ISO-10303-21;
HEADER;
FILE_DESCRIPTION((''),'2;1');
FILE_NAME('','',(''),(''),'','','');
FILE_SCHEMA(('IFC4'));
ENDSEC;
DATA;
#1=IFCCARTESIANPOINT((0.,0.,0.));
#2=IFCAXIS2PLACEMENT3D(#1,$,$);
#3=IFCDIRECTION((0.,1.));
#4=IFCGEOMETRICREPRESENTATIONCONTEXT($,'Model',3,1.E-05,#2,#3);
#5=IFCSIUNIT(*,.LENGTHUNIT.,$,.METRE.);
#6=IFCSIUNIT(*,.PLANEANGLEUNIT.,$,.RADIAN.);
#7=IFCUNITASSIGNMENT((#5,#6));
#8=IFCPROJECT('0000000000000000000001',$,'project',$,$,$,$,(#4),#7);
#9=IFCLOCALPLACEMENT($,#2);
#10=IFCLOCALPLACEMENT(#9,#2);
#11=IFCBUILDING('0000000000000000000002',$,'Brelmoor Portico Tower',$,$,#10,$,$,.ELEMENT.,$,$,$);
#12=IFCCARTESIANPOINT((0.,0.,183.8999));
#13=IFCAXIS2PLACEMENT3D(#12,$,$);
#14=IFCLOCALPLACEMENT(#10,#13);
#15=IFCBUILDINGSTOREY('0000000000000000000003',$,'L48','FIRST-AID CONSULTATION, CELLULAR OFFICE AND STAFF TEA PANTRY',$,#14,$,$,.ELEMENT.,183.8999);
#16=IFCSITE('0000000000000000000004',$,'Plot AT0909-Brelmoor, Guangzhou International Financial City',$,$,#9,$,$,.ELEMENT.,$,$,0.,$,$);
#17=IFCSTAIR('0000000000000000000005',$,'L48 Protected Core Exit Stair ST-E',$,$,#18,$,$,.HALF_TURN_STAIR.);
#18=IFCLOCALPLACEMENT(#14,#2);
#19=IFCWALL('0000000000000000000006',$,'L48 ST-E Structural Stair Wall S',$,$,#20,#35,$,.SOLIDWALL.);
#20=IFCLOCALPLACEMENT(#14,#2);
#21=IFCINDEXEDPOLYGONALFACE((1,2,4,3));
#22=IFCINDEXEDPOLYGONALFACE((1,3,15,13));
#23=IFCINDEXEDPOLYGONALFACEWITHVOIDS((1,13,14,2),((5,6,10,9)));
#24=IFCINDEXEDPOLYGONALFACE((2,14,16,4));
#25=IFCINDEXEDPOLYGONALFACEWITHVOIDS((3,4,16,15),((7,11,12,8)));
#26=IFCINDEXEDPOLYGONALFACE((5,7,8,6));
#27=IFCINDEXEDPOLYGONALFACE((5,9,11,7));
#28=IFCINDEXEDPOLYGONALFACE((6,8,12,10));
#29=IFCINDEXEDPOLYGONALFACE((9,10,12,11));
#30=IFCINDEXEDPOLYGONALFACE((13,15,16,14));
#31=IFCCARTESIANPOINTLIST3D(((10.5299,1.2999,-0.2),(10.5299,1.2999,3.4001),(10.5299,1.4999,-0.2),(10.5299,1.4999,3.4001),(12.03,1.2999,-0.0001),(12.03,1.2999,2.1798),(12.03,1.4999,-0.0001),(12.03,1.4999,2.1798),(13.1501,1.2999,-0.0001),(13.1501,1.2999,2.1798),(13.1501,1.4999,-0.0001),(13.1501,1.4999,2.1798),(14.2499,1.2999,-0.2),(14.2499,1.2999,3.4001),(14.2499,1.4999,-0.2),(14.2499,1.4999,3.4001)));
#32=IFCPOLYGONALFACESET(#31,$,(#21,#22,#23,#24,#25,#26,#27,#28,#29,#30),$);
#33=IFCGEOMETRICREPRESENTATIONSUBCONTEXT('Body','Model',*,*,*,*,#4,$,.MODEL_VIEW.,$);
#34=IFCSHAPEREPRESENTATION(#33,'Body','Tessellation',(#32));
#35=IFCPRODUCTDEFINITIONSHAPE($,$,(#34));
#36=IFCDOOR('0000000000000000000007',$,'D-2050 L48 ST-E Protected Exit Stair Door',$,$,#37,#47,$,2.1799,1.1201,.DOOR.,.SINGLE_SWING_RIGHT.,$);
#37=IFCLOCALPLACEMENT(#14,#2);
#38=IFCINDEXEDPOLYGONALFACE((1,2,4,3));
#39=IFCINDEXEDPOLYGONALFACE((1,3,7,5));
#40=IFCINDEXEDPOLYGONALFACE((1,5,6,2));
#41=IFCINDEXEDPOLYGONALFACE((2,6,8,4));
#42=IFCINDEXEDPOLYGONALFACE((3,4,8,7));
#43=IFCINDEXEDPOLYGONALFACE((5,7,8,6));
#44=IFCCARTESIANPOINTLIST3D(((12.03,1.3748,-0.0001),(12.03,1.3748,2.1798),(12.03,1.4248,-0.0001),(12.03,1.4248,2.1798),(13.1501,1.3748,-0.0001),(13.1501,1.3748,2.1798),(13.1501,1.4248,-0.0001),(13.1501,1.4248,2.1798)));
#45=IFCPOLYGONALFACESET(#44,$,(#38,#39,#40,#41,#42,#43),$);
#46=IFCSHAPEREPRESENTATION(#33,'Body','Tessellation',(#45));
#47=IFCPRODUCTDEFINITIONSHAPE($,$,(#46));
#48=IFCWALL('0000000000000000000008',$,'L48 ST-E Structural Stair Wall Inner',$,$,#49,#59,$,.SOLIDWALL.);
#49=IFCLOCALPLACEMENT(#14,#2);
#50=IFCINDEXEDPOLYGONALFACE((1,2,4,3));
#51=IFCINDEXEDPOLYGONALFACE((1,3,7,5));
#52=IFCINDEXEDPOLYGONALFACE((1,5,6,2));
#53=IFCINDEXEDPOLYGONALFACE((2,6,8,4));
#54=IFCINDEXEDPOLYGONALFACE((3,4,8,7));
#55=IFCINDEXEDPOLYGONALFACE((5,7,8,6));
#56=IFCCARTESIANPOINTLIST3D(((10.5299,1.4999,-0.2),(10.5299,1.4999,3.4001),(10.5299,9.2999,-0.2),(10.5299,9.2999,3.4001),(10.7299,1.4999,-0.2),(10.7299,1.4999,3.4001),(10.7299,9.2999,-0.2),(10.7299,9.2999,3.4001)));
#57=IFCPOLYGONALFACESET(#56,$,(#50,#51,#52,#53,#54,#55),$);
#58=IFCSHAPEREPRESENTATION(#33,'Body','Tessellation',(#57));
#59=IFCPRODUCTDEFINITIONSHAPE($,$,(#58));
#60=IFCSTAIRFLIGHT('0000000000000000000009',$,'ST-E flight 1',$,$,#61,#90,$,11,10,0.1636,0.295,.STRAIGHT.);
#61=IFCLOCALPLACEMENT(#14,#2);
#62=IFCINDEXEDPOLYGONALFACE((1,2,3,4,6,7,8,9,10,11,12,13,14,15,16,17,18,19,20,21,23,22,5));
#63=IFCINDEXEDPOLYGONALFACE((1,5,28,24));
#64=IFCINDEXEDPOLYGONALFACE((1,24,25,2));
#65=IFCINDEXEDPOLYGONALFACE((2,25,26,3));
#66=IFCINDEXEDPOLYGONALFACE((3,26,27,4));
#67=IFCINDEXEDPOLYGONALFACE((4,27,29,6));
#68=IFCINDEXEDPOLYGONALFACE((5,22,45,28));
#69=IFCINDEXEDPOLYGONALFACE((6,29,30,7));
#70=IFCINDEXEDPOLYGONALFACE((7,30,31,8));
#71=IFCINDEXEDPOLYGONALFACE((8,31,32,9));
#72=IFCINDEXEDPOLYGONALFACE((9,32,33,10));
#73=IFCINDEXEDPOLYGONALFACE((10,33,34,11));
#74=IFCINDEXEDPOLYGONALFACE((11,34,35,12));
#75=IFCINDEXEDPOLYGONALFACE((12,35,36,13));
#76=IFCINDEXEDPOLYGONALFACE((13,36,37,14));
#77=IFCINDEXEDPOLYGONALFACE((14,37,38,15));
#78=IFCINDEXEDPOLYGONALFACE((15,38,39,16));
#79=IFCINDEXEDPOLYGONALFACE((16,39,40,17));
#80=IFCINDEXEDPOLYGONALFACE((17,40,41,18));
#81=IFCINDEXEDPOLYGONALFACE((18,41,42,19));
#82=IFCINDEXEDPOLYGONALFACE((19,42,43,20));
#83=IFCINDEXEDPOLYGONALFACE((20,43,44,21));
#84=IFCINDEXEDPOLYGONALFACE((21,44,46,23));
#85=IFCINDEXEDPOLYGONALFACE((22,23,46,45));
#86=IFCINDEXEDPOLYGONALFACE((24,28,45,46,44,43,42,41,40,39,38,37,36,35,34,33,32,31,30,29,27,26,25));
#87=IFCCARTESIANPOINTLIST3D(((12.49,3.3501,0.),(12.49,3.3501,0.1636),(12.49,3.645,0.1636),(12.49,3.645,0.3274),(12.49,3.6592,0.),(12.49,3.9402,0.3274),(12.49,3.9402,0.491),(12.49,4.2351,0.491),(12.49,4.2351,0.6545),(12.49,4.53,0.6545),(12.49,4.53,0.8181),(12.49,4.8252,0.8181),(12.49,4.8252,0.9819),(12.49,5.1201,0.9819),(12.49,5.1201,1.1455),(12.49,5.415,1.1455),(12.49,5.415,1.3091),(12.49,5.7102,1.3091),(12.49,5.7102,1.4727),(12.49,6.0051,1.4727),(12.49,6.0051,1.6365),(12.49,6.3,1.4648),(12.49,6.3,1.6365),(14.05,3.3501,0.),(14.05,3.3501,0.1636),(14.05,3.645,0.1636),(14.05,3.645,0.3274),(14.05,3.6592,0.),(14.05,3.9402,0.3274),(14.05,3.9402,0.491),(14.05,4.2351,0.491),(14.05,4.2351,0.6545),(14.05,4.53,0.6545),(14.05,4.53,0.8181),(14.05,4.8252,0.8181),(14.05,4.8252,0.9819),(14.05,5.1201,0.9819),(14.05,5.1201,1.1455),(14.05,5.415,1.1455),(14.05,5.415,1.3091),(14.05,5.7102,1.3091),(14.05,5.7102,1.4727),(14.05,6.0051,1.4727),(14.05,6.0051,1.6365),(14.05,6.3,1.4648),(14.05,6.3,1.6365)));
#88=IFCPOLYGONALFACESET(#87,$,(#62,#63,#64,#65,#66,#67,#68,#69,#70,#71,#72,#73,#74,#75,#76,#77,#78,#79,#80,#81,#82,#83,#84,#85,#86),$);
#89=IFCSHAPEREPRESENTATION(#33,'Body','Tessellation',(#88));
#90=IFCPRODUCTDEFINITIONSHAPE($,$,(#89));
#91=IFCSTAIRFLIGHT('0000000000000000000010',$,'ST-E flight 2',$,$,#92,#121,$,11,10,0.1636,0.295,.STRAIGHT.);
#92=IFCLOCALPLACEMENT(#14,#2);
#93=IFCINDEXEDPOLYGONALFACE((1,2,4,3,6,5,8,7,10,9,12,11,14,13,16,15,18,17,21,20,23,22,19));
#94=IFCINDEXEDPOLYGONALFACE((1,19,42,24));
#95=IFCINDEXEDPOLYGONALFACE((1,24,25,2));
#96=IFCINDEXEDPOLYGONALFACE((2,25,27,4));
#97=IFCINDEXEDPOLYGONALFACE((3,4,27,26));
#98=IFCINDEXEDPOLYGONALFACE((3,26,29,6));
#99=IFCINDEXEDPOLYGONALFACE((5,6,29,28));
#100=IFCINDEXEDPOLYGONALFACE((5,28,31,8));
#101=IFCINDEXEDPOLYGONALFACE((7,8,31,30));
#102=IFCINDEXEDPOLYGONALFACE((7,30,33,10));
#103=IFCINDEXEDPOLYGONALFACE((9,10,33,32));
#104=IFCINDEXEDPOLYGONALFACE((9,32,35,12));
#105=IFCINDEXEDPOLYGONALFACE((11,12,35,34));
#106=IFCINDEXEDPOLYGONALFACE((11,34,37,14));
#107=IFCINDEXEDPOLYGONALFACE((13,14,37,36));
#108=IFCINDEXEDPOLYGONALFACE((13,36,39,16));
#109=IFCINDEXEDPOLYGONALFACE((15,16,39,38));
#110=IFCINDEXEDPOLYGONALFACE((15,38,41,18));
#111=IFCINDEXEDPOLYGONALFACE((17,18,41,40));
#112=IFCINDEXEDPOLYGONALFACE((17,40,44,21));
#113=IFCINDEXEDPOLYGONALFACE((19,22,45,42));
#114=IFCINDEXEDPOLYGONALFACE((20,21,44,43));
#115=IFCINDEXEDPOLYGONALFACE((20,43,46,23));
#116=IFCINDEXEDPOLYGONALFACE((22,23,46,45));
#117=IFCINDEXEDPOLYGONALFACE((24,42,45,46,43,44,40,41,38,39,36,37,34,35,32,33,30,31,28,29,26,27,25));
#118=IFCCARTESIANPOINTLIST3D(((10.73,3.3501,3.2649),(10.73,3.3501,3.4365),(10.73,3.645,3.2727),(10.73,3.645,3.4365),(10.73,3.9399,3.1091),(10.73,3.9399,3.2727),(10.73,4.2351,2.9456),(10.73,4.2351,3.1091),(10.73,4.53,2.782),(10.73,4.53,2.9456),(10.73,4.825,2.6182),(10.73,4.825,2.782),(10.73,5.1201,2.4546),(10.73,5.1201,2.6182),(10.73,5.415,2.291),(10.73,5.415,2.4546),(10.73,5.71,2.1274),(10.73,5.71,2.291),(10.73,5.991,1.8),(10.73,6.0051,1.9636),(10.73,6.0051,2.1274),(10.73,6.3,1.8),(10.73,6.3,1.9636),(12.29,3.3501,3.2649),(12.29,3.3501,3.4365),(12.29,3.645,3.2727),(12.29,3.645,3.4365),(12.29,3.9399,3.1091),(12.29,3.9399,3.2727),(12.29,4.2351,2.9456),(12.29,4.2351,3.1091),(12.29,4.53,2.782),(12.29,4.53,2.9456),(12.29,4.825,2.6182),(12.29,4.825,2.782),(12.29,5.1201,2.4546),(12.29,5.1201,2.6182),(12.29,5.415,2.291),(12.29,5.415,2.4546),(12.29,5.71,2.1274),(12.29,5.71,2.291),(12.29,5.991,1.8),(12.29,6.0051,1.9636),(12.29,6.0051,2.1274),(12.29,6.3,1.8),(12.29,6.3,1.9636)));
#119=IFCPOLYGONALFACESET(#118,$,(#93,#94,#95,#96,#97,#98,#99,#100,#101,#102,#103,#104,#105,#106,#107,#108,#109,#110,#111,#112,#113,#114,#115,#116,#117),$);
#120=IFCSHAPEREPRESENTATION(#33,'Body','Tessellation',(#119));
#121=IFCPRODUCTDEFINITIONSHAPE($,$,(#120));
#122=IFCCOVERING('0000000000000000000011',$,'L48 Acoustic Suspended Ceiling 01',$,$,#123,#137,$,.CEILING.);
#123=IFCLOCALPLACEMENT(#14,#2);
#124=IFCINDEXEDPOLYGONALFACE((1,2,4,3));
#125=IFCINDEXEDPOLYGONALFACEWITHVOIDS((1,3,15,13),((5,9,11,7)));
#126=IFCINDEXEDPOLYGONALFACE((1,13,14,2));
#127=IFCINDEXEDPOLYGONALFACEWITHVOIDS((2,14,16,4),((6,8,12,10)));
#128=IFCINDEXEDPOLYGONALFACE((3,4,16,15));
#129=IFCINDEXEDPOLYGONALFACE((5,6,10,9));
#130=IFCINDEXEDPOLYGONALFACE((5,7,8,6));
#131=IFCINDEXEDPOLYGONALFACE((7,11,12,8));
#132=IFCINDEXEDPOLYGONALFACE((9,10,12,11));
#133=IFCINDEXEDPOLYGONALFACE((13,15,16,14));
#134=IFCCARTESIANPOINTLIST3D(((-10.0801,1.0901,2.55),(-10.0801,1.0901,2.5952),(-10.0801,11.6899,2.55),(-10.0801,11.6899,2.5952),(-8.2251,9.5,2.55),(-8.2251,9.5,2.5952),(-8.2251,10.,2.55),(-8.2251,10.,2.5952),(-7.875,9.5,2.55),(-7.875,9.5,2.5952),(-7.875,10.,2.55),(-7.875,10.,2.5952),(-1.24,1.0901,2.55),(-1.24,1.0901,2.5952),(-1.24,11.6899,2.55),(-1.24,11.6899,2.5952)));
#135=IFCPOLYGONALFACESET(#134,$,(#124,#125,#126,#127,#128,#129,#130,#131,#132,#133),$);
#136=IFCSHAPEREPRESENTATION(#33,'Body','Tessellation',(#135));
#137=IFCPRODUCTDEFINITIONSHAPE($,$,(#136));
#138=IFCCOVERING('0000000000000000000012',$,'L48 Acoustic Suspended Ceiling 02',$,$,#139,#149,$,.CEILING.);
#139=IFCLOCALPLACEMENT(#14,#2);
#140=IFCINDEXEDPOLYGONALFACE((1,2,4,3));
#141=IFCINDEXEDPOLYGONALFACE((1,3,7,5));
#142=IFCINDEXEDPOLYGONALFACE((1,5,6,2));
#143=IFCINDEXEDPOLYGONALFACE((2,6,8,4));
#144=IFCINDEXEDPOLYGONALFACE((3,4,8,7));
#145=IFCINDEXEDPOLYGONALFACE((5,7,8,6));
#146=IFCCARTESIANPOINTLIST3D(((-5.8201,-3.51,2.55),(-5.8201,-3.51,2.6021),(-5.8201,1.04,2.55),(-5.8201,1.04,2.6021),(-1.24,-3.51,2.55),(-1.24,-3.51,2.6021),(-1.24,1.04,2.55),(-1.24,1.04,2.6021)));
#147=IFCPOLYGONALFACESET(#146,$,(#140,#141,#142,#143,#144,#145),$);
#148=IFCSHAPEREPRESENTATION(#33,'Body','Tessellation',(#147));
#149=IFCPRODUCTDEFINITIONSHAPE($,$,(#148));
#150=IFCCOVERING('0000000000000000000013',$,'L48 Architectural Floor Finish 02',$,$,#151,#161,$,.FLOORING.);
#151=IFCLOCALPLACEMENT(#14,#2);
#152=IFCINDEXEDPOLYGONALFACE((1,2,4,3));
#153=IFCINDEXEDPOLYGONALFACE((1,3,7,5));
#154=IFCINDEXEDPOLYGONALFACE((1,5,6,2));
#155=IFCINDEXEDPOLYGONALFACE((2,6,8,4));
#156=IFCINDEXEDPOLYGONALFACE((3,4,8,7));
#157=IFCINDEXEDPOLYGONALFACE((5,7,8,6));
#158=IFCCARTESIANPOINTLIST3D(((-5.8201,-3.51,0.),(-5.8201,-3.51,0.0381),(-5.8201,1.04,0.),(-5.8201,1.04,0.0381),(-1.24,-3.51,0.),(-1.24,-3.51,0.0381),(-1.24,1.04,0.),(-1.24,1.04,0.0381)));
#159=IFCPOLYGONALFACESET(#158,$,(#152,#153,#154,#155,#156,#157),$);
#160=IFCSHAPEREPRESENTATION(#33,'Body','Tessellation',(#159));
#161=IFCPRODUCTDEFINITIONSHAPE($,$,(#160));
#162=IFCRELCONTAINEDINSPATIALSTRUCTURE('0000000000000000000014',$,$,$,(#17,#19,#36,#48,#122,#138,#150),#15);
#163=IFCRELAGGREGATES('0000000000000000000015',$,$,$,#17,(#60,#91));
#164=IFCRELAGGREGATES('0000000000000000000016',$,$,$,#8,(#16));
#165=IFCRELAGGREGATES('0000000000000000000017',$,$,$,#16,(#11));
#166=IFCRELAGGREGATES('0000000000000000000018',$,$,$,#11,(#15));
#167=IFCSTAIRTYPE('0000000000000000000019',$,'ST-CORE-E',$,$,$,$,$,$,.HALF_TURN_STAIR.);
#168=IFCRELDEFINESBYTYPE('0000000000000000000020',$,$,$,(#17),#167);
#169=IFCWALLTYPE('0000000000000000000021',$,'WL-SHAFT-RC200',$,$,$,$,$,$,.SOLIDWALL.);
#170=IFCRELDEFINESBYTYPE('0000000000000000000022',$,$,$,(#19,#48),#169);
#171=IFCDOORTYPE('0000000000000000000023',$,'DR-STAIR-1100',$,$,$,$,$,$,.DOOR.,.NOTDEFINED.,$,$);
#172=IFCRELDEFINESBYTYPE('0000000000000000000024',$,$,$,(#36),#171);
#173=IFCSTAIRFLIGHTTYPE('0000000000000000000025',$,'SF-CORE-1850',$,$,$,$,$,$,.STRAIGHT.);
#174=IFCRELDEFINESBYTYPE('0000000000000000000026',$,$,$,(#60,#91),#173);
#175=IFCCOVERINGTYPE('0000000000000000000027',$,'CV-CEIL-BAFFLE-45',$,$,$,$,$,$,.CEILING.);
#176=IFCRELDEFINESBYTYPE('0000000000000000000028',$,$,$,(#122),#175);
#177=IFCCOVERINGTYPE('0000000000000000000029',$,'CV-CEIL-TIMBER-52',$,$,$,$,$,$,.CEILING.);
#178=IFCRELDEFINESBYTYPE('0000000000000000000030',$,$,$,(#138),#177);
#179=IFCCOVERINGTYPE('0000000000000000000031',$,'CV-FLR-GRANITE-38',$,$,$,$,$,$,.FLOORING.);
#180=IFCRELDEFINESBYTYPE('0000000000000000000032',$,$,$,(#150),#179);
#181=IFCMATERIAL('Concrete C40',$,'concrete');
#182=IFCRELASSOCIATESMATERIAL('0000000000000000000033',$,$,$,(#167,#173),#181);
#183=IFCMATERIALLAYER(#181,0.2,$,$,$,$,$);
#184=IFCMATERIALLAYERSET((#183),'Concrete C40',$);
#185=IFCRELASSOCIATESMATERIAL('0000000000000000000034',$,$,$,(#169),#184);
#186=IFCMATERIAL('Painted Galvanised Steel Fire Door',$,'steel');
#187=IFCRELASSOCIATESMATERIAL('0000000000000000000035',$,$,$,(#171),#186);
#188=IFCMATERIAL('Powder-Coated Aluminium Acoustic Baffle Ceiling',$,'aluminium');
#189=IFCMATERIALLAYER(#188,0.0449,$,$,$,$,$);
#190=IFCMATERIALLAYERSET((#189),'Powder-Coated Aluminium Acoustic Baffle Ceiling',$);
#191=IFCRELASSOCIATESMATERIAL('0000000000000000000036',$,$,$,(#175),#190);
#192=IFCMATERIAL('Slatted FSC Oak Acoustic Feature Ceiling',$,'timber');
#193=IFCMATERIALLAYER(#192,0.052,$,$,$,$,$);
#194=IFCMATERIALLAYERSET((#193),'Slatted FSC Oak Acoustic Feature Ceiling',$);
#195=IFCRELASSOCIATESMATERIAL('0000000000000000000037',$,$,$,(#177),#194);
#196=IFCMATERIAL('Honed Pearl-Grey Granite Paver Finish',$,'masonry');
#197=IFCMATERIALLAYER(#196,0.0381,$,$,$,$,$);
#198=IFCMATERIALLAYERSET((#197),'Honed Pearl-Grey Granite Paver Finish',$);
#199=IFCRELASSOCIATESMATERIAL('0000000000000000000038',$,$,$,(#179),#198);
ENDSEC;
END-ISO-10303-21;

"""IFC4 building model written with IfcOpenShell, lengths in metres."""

from ifc_helpers import new_model, si_unit, direction, frame, frame_2d, origin, place, context, subcontext, project, spatial, polyline, rectangle, outline, extrude, material, layer, layer_set, type_object, element, fill, aggregate, save


model = new_model("IFC4")

# Units and contexts
model_context = context("Model", 3, precision=1e-05, world=origin(), true_north=direction((0.0, 1.0)))
body_context = subcontext(model_context, "Body", "Model", "MODEL_VIEW")
ifc_project = project(units=[si_unit("LENGTHUNIT", "METRE"), si_unit("PLANEANGLEUNIT", "RADIAN")], contexts=[model_context])

# Site, building, storey
site_placement = place(None, origin())
site = spatial("IfcSite", under=ifc_project, at=site_placement, Name="Plot AT0909-Brelmoor, Guangzhou International Financial City", CompositionType="ELEMENT", RefElevation=0.0)
building_placement = place(site_placement, origin())
building = spatial("IfcBuilding", under=site, at=building_placement, Name="Brelmoor Portico Tower", CompositionType="ELEMENT")
storey_placement = place(building_placement, frame((0.0, 0.0, 183.8999)))
storey = spatial("IfcBuildingStorey", under=building, at=storey_placement, Name="L48", Description="FIRST-AID CONSULTATION, CELLULAR OFFICE AND STAFF TEA PANTRY", CompositionType="ELEMENT", Elevation=183.8999)

# Stair
ifc_material_1 = material(Name="Concrete C40", Category="concrete")
stair_type_1 = type_object("IfcStairType", Name="ST-CORE-E", PredefinedType="HALF_TURN_STAIR", material=ifc_material_1)
stair_1_placement = place(storey_placement, origin())
stair_1 = element("IfcStair", 1, at=stair_1_placement, inside=storey, type_object=stair_type_1, Name="L48 Protected Core Exit Stair ST-E", PredefinedType="HALF_TURN_STAIR")

# Wall, opening, door
ifc_material_2 = material(Name="Painted Galvanised Steel Fire Door", Category="steel")
ifc_layer_1 = layer(ifc_material_1, 0.2)
ifc_layer_set_1 = layer_set([ifc_layer_1], Name="Concrete C40")
wall_type_1 = type_object("IfcWallType", Name="WL-SHAFT-RC200", PredefinedType="SOLIDWALL", material=ifc_layer_set_1)
wall_1_placement = place(storey_placement, frame((10.53, 1.3999, -0.2), z_axis=(0.0, 0.0, 1.0), x_axis=(1.0, 0.0, 0.0)))
wall_1 = element("IfcWall", 2, at=wall_1_placement, inside=storey, type_object=wall_type_1, Name="L48 ST-E Structural Stair Wall S", PredefinedType="SOLIDWALL", context=body_context, shape_type="SweptSolid", body=[
    extrude(rectangle(XDim=3.72, YDim=0.2, at=frame_2d((1.8599, 0.0))), origin(), (0.0, 0.0, 1.0), 3.6001),
])
opening_1_placement = place(wall_1_placement, frame((1.5, 0.0, 0.2)))
opening_1 = element("IfcOpeningElement", 3, at=opening_1_placement, cuts=wall_1, PredefinedType="OPENING", context=body_context, shape_type="SweptSolid", body=[
    extrude(rectangle(XDim=1.1201, YDim=2.1799, at=frame_2d((0.5601, 1.0898))), frame((0.0, 0.1099, 0.0), z_axis=(0.0, -1.0, 0.0), x_axis=(1.0, 0.0, 0.0)), (0.0, 0.0, 1.0), 0.22),
])
door_type_1 = type_object("IfcDoorType", Name="DR-STAIR-1100", OperationType="NOTDEFINED", PredefinedType="DOOR", material=ifc_material_2)
door_1_placement = place(opening_1_placement, origin())
door_1 = element("IfcDoor", 4, at=door_1_placement, inside=storey, type_object=door_type_1, Name="D-2050 L48 ST-E Protected Exit Stair Door", OperationType="SINGLE_SWING_RIGHT", OverallHeight=2.1799, OverallWidth=1.1201, PredefinedType="DOOR", context=body_context, shape_type="SweptSolid", body=[
    extrude(rectangle(XDim=1.1201, YDim=2.1799, at=frame_2d((0.5601, 1.0898))), frame((0.0, 0.0249, 0.0), z_axis=(0.0, -1.0, 0.0), x_axis=(1.0, 0.0, 0.0)), (0.0, 0.0, 1.0), 0.05),
])
fill(opening_1, door_1)

# Wall
wall_2_placement = place(storey_placement, frame((10.6299, 1.5, -0.2), z_axis=(0.0, 0.0, 1.0), x_axis=(0.0, 1.0, 0.0)))
element("IfcWall", 5, at=wall_2_placement, inside=storey, type_object=wall_type_1, Name="L48 ST-E Structural Stair Wall Inner", PredefinedType="SOLIDWALL", context=body_context, shape_type="SweptSolid", body=[
    extrude(rectangle(XDim=7.8, YDim=0.2, at=frame_2d((3.8999, 0.0))), origin(), (0.0, 0.0, 1.0), 3.6001),
])

# Stair flights
stair_flight_type = type_object("IfcStairFlightType", Name="SF-CORE-1850", PredefinedType="STRAIGHT", material=ifc_material_1)
stair_flight_1_placement = place(storey_placement, frame((13.27, 3.3501, 0.0), z_axis=(0.0, 0.0, 1.0), x_axis=(0.0, 1.0, 0.0)))
stair_flight_1 = element("IfcStairFlight", 6, at=stair_flight_1_placement, type_object=stair_flight_type, Name="ST-E flight 1", NumberOfRisers=11, NumberOfTreads=10, PredefinedType="STRAIGHT", RiserHeight=0.1636, TreadLength=0.295, context=body_context, shape_type="SweptSolid", body=[
    extrude(outline(polyline([(0.0, 0.0), (0.0, 0.1636), (0.2949, 0.1636), (0.2949, 0.3274), (0.5901, 0.3274), (0.5901, 0.491), (0.885, 0.491), (0.885, 0.6545), (1.1799, 0.6545), (1.1799, 0.8181), (1.4751, 0.8181), (1.4751, 0.9819), (1.77, 0.9819), (1.77, 1.1455), (2.0649, 1.1455), (2.0649, 1.3091), (2.3601, 1.3091), (2.3601, 1.4727), (2.655, 1.4727), (2.655, 1.6365), (2.95, 1.6365), (2.95, 1.8), (2.95, 1.4648), (0.3091, 0.0), (0.0, 0.0)])), frame((0.0, 0.78, 0.0), z_axis=(0.0, -1.0, 0.0), x_axis=(1.0, 0.0, 0.0)), (0.0, 0.0, 1.0), 1.5601),
])
stair_flight_2_placement = place(storey_placement, frame((11.51, 6.3, 1.8), z_axis=(0.0, 0.0, 1.0), x_axis=(0.0, -1.0, 0.0)))
stair_flight_2 = element("IfcStairFlight", 7, at=stair_flight_2_placement, type_object=stair_flight_type, Name="ST-E flight 2", NumberOfRisers=11, NumberOfTreads=10, PredefinedType="STRAIGHT", RiserHeight=0.1636, TreadLength=0.295, context=body_context, shape_type="SweptSolid", body=[
    extrude(outline(polyline([(0.0, 0.0), (0.0, 0.1636), (0.2949, 0.1636), (0.2949, 0.3274), (0.5901, 0.3274), (0.5901, 0.491), (0.885, 0.491), (0.885, 0.6545), (1.1799, 0.6545), (1.1799, 0.8181), (1.4751, 0.8181), (1.4751, 0.9819), (1.77, 0.9819), (1.77, 1.1455), (2.0649, 1.1455), (2.0649, 1.3091), (2.3601, 1.3091), (2.3601, 1.4727), (2.655, 1.4727), (2.655, 1.6365), (2.95, 1.6365), (2.95, 1.8), (2.95, 1.4648), (0.3091, 0.0), (0.0, 0.0)])), frame((0.0, 0.78, 0.0), z_axis=(0.0, -1.0, 0.0), x_axis=(1.0, 0.0, 0.0)), (0.0, 0.0, 1.0), 1.5601),
])
aggregate(stair_1, [stair_flight_1, stair_flight_2])

# Coverings
ifc_material_3 = material(Name="Powder-Coated Aluminium Acoustic Baffle Ceiling", Category="aluminium")
ifc_layer_2 = layer(ifc_material_3, 0.0449)
ifc_layer_set_2 = layer_set([ifc_layer_2], Name="Powder-Coated Aluminium Acoustic Baffle Ceiling")
covering_type_1 = type_object("IfcCoveringType", Name="CV-CEIL-BAFFLE-45", PredefinedType="CEILING", material=ifc_layer_set_2)
covering_1_placement = place(storey_placement, frame((0.0, 0.0, 2.55)))
element("IfcCovering", 8, at=covering_1_placement, inside=storey, type_object=covering_type_1, Name="L48 Acoustic Suspended Ceiling 01", PredefinedType="CEILING", context=body_context, shape_type="SweptSolid", body=[
    extrude(outline(polyline([(-10.0801, 11.6899), (-1.24, 11.6899), (-1.24, 1.0901), (-10.0801, 1.0901), (-10.0801, 11.6899)]), holes=[polyline([(-7.875, 9.5), (-7.875, 10.0), (-8.2251, 10.0), (-8.2251, 9.5), (-7.875, 9.5)])]), origin(), (0.0, 0.0, 1.0), 0.0452),
])
ifc_material_4 = material(Name="Slatted FSC Oak Acoustic Feature Ceiling", Category="timber")
ifc_layer_3 = layer(ifc_material_4, 0.052)
ifc_layer_set_3 = layer_set([ifc_layer_3], Name="Slatted FSC Oak Acoustic Feature Ceiling")
covering_type_2 = type_object("IfcCoveringType", Name="CV-CEIL-TIMBER-52", PredefinedType="CEILING", material=ifc_layer_set_3)
covering_2_placement = place(storey_placement, frame((0.0, 0.0, 2.55)))
element("IfcCovering", 9, at=covering_2_placement, inside=storey, type_object=covering_type_2, Name="L48 Acoustic Suspended Ceiling 02", PredefinedType="CEILING", context=body_context, shape_type="SweptSolid", body=[
    extrude(outline(polyline([(-5.8201, -3.51), (-5.8201, 1.04), (-1.24, 1.04), (-1.24, -3.51), (-5.8201, -3.51)])), origin(), (0.0, 0.0, 1.0), 0.052),
])
ifc_material_5 = material(Name="Honed Pearl-Grey Granite Paver Finish", Category="masonry")
ifc_layer_4 = layer(ifc_material_5, 0.0381)
ifc_layer_set_4 = layer_set([ifc_layer_4], Name="Honed Pearl-Grey Granite Paver Finish")
covering_type_3 = type_object("IfcCoveringType", Name="CV-FLR-GRANITE-38", PredefinedType="FLOORING", material=ifc_layer_set_4)
covering_3_placement = place(storey_placement, origin())
element("IfcCovering", 10, at=covering_3_placement, inside=storey, type_object=covering_type_3, Name="L48 Architectural Floor Finish 02", PredefinedType="FLOORING", context=body_context, shape_type="SweptSolid", body=[
    extrude(outline(polyline([(-5.8201, -3.51), (-5.8201, 1.04), (-1.24, 1.04), (-1.24, -3.51), (-5.8201, -3.51)])), origin(), (0.0, 0.0, 1.0), 0.0381),
])

save(model, "model.ifc")
